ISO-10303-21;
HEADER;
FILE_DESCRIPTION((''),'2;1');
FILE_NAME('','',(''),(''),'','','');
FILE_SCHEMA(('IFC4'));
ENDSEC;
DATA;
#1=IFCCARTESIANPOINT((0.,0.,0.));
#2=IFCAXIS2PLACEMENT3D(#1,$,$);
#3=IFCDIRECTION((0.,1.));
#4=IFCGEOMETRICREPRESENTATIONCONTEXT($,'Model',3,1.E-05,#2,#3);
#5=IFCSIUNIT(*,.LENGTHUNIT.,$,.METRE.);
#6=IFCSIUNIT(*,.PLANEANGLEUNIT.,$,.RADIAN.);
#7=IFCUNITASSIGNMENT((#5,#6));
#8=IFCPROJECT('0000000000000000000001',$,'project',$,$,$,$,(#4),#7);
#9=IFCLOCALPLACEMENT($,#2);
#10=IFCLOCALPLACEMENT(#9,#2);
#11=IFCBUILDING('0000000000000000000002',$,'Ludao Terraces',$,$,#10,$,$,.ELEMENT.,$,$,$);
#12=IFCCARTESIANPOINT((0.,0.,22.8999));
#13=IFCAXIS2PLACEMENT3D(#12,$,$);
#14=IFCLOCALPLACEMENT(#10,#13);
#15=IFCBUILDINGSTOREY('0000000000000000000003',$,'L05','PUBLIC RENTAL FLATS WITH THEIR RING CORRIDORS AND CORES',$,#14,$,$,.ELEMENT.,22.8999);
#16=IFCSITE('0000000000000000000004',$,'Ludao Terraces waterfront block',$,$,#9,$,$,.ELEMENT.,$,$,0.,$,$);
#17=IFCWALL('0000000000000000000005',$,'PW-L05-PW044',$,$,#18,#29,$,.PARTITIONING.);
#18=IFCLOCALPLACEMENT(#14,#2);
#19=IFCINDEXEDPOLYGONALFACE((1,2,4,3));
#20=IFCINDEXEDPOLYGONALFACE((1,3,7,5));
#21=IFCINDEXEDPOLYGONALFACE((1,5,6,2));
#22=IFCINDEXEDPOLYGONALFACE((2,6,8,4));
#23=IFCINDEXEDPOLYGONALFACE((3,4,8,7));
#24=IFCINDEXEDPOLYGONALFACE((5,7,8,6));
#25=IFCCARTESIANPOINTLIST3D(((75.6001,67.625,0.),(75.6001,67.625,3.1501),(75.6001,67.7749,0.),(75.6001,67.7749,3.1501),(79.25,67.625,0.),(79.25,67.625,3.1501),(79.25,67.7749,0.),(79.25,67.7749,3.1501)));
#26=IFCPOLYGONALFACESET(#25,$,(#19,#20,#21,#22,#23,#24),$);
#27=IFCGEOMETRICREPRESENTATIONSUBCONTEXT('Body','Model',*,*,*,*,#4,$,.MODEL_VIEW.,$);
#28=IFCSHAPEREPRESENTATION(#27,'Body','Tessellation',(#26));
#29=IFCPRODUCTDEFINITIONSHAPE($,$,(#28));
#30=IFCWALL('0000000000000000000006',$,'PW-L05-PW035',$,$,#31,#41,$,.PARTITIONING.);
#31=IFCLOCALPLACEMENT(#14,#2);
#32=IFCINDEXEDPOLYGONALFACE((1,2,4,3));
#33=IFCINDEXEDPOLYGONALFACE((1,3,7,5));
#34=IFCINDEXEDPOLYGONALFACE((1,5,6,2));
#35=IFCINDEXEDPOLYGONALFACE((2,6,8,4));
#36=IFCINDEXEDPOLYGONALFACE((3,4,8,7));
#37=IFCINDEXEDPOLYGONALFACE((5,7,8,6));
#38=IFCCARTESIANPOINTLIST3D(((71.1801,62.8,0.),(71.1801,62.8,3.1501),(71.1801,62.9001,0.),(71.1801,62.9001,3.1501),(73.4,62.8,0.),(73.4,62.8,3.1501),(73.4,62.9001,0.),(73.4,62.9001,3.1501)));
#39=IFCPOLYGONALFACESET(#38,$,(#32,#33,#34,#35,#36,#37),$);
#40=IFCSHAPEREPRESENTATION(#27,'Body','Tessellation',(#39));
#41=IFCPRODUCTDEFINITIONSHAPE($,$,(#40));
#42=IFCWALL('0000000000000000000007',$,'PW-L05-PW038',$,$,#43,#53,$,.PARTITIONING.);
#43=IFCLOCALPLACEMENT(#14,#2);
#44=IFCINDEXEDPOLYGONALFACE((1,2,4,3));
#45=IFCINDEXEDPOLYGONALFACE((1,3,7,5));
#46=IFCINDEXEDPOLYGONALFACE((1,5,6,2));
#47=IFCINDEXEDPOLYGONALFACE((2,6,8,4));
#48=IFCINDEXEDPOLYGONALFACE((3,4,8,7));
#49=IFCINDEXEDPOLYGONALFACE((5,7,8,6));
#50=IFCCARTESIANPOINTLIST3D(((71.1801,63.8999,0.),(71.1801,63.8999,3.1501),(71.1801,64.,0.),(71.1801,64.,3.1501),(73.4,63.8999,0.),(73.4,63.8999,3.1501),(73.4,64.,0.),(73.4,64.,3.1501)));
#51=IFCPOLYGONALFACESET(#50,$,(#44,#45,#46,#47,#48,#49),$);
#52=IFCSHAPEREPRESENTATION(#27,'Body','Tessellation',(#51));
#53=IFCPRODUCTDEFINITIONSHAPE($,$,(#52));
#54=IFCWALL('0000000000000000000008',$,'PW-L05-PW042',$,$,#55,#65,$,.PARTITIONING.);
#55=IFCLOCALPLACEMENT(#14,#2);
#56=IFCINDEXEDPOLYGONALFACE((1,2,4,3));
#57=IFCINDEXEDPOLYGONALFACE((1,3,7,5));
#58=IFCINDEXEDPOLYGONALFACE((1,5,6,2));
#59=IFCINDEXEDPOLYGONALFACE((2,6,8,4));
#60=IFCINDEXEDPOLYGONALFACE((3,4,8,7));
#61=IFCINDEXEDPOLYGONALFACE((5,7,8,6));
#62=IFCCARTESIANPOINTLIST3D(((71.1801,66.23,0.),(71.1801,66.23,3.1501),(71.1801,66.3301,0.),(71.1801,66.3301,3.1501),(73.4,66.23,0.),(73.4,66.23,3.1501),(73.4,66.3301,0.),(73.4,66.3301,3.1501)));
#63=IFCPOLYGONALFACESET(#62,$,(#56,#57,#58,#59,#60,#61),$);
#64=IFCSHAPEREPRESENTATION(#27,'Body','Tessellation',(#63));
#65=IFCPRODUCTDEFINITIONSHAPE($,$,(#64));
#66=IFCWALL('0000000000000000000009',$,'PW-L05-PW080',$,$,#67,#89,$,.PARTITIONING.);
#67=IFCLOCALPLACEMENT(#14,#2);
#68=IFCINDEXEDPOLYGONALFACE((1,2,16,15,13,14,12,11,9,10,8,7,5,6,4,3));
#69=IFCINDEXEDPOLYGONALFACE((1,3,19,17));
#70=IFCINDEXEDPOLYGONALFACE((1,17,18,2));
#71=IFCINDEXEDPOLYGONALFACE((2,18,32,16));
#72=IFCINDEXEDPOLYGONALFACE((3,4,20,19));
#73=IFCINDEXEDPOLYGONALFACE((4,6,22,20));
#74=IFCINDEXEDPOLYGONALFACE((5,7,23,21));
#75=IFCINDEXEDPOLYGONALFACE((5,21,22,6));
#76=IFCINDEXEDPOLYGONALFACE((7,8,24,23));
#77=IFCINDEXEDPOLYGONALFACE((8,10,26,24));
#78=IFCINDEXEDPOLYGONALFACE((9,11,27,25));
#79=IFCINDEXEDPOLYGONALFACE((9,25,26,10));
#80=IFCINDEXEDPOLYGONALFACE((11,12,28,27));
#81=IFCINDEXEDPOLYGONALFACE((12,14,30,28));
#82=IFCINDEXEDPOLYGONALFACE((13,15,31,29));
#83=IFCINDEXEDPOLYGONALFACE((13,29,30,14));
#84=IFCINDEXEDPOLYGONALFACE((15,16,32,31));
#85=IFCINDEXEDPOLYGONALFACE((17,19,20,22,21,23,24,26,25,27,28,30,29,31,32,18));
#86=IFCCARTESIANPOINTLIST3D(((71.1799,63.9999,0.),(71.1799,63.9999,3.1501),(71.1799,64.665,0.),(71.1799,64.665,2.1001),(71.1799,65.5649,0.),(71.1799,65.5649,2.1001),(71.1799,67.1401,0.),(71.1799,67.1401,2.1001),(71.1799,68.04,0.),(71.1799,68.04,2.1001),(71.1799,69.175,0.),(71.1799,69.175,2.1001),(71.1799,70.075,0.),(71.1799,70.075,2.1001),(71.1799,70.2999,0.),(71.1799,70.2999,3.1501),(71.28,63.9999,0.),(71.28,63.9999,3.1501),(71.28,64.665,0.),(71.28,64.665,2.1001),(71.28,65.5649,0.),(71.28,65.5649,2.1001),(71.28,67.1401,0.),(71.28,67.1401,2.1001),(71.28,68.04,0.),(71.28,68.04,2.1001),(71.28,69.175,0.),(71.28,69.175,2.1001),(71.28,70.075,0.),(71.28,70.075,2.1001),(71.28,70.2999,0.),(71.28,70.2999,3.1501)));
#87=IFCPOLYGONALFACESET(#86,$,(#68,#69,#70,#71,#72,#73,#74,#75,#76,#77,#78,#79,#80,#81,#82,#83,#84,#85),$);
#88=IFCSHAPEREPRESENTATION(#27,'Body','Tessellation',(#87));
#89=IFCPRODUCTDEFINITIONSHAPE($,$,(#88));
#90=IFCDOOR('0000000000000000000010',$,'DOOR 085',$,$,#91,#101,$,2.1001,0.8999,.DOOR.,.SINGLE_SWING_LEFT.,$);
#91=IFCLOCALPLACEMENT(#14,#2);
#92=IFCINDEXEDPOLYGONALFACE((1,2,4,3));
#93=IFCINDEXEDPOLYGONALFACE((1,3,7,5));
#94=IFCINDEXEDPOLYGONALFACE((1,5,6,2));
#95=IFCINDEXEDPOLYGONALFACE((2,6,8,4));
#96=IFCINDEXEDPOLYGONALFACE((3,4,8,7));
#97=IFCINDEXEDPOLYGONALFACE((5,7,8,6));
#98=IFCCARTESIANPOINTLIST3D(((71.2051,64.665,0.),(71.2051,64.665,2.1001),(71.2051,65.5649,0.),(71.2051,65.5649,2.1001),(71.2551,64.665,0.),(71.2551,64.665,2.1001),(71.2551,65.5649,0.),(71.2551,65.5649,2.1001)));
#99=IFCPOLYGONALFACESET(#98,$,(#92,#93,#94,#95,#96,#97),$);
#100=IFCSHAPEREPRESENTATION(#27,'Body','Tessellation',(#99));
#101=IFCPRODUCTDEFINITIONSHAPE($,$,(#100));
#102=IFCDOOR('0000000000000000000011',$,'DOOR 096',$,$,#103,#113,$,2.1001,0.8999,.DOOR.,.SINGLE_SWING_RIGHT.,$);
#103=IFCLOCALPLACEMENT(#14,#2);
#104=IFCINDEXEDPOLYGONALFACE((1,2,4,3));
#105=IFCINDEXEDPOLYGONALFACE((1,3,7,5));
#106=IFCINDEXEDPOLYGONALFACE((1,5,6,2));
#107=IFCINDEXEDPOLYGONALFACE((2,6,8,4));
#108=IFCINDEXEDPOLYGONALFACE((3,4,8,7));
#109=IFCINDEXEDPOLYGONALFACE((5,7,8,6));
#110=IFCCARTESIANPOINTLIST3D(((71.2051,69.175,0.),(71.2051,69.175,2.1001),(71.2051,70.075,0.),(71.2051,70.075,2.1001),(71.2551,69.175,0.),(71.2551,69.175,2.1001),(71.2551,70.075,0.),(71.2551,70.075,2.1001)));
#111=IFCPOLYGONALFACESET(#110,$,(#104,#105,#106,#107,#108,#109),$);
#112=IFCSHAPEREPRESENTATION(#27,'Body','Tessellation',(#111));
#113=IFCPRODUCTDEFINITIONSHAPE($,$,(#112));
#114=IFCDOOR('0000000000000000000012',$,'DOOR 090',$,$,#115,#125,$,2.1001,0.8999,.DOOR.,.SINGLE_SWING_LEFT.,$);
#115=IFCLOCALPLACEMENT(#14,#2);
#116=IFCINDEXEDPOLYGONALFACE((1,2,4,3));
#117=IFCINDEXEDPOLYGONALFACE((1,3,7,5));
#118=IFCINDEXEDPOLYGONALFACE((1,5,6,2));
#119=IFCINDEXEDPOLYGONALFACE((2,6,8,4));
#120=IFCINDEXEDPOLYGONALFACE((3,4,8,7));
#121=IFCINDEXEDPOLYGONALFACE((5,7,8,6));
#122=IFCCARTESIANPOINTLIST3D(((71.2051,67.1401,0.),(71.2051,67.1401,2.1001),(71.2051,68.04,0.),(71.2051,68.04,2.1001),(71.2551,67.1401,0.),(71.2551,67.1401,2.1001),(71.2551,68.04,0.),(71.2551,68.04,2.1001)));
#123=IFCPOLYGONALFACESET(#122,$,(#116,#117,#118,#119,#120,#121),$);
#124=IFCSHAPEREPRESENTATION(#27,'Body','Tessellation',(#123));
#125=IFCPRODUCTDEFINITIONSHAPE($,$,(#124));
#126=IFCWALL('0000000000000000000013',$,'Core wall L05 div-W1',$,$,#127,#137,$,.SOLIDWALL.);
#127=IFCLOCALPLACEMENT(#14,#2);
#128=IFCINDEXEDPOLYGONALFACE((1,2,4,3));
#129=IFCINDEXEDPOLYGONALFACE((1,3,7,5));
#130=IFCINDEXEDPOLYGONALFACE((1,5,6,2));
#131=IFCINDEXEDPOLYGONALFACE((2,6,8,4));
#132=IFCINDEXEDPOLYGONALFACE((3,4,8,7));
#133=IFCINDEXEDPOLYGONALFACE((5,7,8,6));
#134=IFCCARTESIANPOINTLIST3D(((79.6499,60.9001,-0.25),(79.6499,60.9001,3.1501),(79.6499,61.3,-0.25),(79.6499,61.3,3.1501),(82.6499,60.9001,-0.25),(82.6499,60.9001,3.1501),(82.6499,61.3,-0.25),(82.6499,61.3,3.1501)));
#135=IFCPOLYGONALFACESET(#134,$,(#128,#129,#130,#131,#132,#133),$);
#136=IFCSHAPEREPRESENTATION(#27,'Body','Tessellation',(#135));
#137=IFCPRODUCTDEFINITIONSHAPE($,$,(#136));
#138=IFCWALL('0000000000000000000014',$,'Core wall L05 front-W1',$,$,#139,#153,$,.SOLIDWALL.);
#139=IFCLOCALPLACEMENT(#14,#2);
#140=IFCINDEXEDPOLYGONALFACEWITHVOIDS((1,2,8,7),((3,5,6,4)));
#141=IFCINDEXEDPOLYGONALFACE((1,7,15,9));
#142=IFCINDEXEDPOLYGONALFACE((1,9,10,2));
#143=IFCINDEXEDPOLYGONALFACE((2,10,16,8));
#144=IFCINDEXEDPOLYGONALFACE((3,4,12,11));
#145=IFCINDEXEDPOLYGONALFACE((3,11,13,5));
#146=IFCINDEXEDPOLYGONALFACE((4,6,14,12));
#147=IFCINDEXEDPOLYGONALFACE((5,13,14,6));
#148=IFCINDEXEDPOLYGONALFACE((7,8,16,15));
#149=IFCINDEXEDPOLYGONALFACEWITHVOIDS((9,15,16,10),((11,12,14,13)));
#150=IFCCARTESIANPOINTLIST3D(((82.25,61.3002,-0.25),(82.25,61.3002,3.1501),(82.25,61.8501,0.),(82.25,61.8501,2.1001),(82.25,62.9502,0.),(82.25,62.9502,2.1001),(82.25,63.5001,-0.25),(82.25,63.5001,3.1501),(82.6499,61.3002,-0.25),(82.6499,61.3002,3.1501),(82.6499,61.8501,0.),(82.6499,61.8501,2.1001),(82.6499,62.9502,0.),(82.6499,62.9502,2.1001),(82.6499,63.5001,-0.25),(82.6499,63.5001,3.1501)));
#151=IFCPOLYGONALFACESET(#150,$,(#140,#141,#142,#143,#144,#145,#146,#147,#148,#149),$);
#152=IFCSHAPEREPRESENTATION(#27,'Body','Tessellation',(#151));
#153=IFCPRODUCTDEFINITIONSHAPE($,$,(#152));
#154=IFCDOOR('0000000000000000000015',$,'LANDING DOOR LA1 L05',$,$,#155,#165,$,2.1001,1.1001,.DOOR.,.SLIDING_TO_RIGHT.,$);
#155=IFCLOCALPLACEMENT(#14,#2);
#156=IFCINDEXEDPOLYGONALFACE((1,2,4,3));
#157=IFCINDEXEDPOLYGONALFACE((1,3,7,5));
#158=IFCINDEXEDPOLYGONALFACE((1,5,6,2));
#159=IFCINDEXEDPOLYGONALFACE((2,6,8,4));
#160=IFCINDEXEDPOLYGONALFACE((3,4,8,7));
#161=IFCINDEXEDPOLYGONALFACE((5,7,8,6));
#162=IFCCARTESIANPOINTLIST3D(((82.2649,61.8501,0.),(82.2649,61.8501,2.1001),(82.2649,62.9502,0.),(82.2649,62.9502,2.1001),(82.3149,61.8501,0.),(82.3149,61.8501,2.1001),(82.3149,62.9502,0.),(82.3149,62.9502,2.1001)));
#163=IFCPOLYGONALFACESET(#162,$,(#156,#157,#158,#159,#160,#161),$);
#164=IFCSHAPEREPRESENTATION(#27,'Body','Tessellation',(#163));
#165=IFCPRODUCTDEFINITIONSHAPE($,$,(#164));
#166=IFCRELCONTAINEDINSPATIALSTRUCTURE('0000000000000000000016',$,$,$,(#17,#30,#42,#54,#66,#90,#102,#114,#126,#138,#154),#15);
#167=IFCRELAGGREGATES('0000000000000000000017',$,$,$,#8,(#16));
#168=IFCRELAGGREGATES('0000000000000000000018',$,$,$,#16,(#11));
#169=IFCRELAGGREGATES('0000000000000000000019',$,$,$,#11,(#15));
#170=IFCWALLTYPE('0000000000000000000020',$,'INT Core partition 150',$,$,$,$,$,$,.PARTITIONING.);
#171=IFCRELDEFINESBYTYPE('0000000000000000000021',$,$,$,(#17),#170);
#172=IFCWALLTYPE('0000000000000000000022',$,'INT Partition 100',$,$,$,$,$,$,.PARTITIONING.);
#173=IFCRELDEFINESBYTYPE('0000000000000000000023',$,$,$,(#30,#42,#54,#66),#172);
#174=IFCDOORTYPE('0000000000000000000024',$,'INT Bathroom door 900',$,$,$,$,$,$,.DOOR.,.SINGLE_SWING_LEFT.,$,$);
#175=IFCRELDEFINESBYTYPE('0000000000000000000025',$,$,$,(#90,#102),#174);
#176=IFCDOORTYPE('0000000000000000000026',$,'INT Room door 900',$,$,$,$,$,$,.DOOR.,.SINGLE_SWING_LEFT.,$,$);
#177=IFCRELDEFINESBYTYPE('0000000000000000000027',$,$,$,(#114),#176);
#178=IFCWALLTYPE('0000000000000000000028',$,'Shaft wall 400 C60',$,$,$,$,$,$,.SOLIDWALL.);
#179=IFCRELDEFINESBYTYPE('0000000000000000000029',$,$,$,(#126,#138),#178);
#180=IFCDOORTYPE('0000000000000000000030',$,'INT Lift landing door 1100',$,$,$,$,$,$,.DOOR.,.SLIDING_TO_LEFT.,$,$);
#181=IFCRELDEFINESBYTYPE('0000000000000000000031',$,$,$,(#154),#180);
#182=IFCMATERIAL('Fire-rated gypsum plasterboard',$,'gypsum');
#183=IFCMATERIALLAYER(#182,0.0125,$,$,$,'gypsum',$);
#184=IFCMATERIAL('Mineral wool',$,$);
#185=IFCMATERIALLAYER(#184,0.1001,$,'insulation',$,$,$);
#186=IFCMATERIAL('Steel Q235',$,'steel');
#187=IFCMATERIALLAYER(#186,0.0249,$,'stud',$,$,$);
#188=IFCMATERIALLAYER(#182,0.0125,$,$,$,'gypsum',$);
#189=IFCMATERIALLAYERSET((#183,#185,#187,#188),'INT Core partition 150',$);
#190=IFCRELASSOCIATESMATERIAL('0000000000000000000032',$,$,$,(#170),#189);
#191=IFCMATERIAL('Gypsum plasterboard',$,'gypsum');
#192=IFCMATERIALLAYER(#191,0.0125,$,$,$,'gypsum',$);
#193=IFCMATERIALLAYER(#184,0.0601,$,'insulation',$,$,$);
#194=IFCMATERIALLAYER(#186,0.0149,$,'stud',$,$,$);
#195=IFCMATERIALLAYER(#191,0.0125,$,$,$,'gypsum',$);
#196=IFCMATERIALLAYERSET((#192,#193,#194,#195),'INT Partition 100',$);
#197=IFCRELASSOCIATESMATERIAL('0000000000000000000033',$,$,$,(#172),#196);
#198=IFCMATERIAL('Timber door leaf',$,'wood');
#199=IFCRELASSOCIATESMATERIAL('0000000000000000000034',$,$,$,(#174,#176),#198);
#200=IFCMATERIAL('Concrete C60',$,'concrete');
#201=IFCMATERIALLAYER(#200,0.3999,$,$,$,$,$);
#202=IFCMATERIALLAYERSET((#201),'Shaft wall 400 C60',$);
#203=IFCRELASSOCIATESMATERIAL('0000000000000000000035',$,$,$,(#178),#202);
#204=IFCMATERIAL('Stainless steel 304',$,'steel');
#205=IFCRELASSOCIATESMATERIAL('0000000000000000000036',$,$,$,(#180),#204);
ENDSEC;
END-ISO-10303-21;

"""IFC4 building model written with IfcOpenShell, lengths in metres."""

from ifc_helpers import new_model, si_unit, direction, frame, frame_2d, origin, place, context, subcontext, project, spatial, rectangle, extrude, material, layer, layer_set, type_object, element, fill, save


model = new_model("IFC4")

# Units and contexts
model_context = context("Model", 3, precision=1e-05, world=origin(), true_north=direction((0.0, 1.0)))
body_context = subcontext(model_context, "Body", "Model", "MODEL_VIEW")
ifc_project = project(units=[si_unit("LENGTHUNIT", "METRE"), si_unit("PLANEANGLEUNIT", "RADIAN")], contexts=[model_context])

# Site, building, storey
site_placement = place(None, origin())
site = spatial("IfcSite", under=ifc_project, at=site_placement, Name="Ludao Terraces waterfront block", CompositionType="ELEMENT", RefElevation=0.0)
building_placement = place(site_placement, origin())
building = spatial("IfcBuilding", under=site, at=building_placement, Name="Ludao Terraces", CompositionType="ELEMENT")
storey_placement = place(building_placement, frame((0.0, 0.0, 22.8999)))
storey = spatial("IfcBuildingStorey", under=building, at=storey_placement, Name="L05", Description="PUBLIC RENTAL FLATS WITH THEIR RING CORRIDORS AND CORES", CompositionType="ELEMENT", Elevation=22.8999)

# Walls
ifc_material_1 = material(Name="Fire-rated gypsum plasterboard", Category="gypsum")
ifc_layer_1 = layer(ifc_material_1, 0.0125, Category="gypsum")
ifc_material_2 = material(Name="Mineral wool")
ifc_layer_2 = layer(ifc_material_2, 0.1001, Name="insulation")
ifc_material_3 = material(Name="Steel Q235", Category="steel")
ifc_layer_3 = layer(ifc_material_3, 0.0249, Name="stud")
ifc_layer_4 = layer(ifc_material_1, 0.0125, Category="gypsum")
ifc_layer_set_1 = layer_set([ifc_layer_1, ifc_layer_2, ifc_layer_3, ifc_layer_4], Name="INT Core partition 150")
wall_type_1 = type_object("IfcWallType", Name="INT Core partition 150", PredefinedType="PARTITIONING", material=ifc_layer_set_1)
wall_1_placement = place(storey_placement, frame((75.6001, 67.7, 0.0), z_axis=(0.0, 0.0, 1.0), x_axis=(1.0, 0.0, 0.0)))
element("IfcWall", 1, at=wall_1_placement, inside=storey, type_object=wall_type_1, Name="PW-L05-PW044", PredefinedType="PARTITIONING", context=body_context, shape_type="SweptSolid", body=[
    extrude(rectangle(XDim=3.6499, YDim=0.1499, at=frame_2d((1.825, 0.0))), origin(), (0.0, 0.0, 1.0), 3.1501),
])
ifc_material_4 = material(Name="Gypsum plasterboard", Category="gypsum")
ifc_layer_5 = layer(ifc_material_4, 0.0125, Category="gypsum")
ifc_layer_6 = layer(ifc_material_2, 0.0601, Name="insulation")
ifc_layer_7 = layer(ifc_material_3, 0.0149, Name="stud")
ifc_layer_8 = layer(ifc_material_4, 0.0125, Category="gypsum")
ifc_layer_set_2 = layer_set([ifc_layer_5, ifc_layer_6, ifc_layer_7, ifc_layer_8], Name="INT Partition 100")
wall_type_2 = type_object("IfcWallType", Name="INT Partition 100", PredefinedType="PARTITIONING", material=ifc_layer_set_2)
for number, where, z_axis, x_axis, name in (
    (2, (71.1802, 62.8501, 0.0), (0.0, 0.0, 1.0), (1.0, 0.0, 0.0), "PW-L05-PW035"),
    (3, (71.1802, 63.95, 0.0), (0.0, 0.0, 1.0), (1.0, 0.0, 0.0), "PW-L05-PW038"),
    (4, (71.1802, 66.28, 0.0), (0.0, 0.0, 1.0), (1.0, 0.0, 0.0), "PW-L05-PW042"),
):
    element("IfcWall", number, at=place(storey_placement, frame(where, z_axis=z_axis, x_axis=x_axis)), inside=storey, type_object=wall_type_2, Name=name, PredefinedType="PARTITIONING", context=body_context, shape_type="SweptSolid", body=[
        extrude(rectangle(XDim=2.22, YDim=0.1001, at=frame_2d((1.1099, 0.0))), origin(), (0.0, 0.0, 1.0), 3.1501),
    ])

# Wall, openings, doors
wall_2_placement = place(storey_placement, frame((71.23, 64.0, 0.0), z_axis=(0.0, 0.0, 1.0), x_axis=(0.0, 1.0, 0.0)))
wall_2 = element("IfcWall", 5, at=wall_2_placement, inside=storey, type_object=wall_type_2, Name="PW-L05-PW080", PredefinedType="PARTITIONING", context=body_context, shape_type="SweptSolid", body=[
    extrude(rectangle(XDim=6.3, YDim=0.1001, at=frame_2d((3.1499, 0.0))), origin(), (0.0, 0.0, 1.0), 3.1501),
])
opening_1_placement = place(wall_2_placement, frame((0.665, 0.0, 0.0)))
opening_1 = element("IfcOpeningElement", 6, at=opening_1_placement, cuts=wall_2, PredefinedType="OPENING", context=body_context, shape_type="SweptSolid", body=[
    extrude(rectangle(XDim=0.8999, YDim=2.1001, at=frame_2d((0.45, 1.05))), frame((0.0, 0.0601, 0.0), z_axis=(0.0, -1.0, 0.0), x_axis=(1.0, 0.0, 0.0)), (0.0, 0.0, 1.0), 0.1201),
])
opening_2_placement = place(wall_2_placement, frame((3.1401, 0.0, 0.0)))
opening_2 = element("IfcOpeningElement", 7, at=opening_2_placement, cuts=wall_2, PredefinedType="OPENING", context=body_context, shape_type="SweptSolid", body=[
    extrude(rectangle(XDim=0.8999, YDim=2.1001, at=frame_2d((0.45, 1.05))), frame((0.0, 0.0601, 0.0), z_axis=(0.0, -1.0, 0.0), x_axis=(1.0, 0.0, 0.0)), (0.0, 0.0, 1.0), 0.1201),
])
opening_3_placement = place(wall_2_placement, frame((5.175, 0.0, 0.0)))
opening_3 = element("IfcOpeningElement", 8, at=opening_3_placement, cuts=wall_2, PredefinedType="OPENING", context=body_context, shape_type="SweptSolid", body=[
    extrude(rectangle(XDim=0.8999, YDim=2.1001, at=frame_2d((0.45, 1.05))), frame((0.0, 0.0601, 0.0), z_axis=(0.0, -1.0, 0.0), x_axis=(1.0, 0.0, 0.0)), (0.0, 0.0, 1.0), 0.1201),
])
ifc_material_5 = material(Name="Timber door leaf", Category="wood")
door_type_1 = type_object("IfcDoorType", Name="INT Bathroom door 900", OperationType="SINGLE_SWING_LEFT", PredefinedType="DOOR", material=ifc_material_5)
door_1_placement = place(opening_1_placement, origin())
door_1 = element("IfcDoor", 9, at=door_1_placement, inside=storey, type_object=door_type_1, Name="DOOR 085", OperationType="SINGLE_SWING_LEFT", OverallHeight=2.1001, OverallWidth=0.8999, PredefinedType="DOOR", context=body_context, shape_type="SweptSolid", body=[
    extrude(rectangle(XDim=0.8999, YDim=2.1001, at=frame_2d((0.45, 1.05))), frame((0.0, 0.0249, 0.0), z_axis=(0.0, -1.0, 0.0), x_axis=(1.0, 0.0, 0.0)), (0.0, 0.0, 1.0), 0.05),
])
fill(opening_1, door_1)
door_2_placement = place(opening_3_placement, origin())
door_2 = element("IfcDoor", 10, at=door_2_placement, inside=storey, type_object=door_type_1, Name="DOOR 096", OperationType="SINGLE_SWING_RIGHT", OverallHeight=2.1001, OverallWidth=0.8999, PredefinedType="DOOR", context=body_context, shape_type="SweptSolid", body=[
    extrude(rectangle(XDim=0.8999, YDim=2.1001, at=frame_2d((0.45, 1.05))), frame((0.0, 0.0249, 0.0), z_axis=(0.0, -1.0, 0.0), x_axis=(1.0, 0.0, 0.0)), (0.0, 0.0, 1.0), 0.05),
])
fill(opening_3, door_2)
door_type_2 = type_object("IfcDoorType", Name="INT Room door 900", OperationType="SINGLE_SWING_LEFT", PredefinedType="DOOR", material=ifc_material_5)
door_3_placement = place(opening_2_placement, origin())
door_3 = element("IfcDoor", 11, at=door_3_placement, inside=storey, type_object=door_type_2, Name="DOOR 090", OperationType="SINGLE_SWING_LEFT", OverallHeight=2.1001, OverallWidth=0.8999, PredefinedType="DOOR", context=body_context, shape_type="SweptSolid", body=[
    extrude(rectangle(XDim=0.8999, YDim=2.1001, at=frame_2d((0.45, 1.05))), frame((0.0, 0.0249, 0.0), z_axis=(0.0, -1.0, 0.0), x_axis=(1.0, 0.0, 0.0)), (0.0, 0.0, 1.0), 0.05),
])
fill(opening_2, door_3)

# Wall
ifc_material_6 = material(Name="Concrete C60", Category="concrete")
ifc_layer_9 = layer(ifc_material_6, 0.3999)
ifc_layer_set_3 = layer_set([ifc_layer_9], Name="Shaft wall 400 C60")
wall_type_3 = type_object("IfcWallType", Name="Shaft wall 400 C60", PredefinedType="SOLIDWALL", material=ifc_layer_set_3)
wall_3_placement = place(storey_placement, frame((79.6499, 61.1001, -0.25), z_axis=(0.0, 0.0, 1.0), x_axis=(1.0, 0.0, 0.0)))
element("IfcWall", 12, at=wall_3_placement, inside=storey, type_object=wall_type_3, Name="Core wall L05 div-W1", PredefinedType="SOLIDWALL", context=body_context, shape_type="SweptSolid", body=[
    extrude(rectangle(XDim=3.0, YDim=0.3999, at=frame_2d((1.5, 0.0))), origin(), (0.0, 0.0, 1.0), 3.4001),
])

# Wall, opening, door
wall_4_placement = place(storey_placement, frame((82.45, 61.3, -0.25), z_axis=(0.0, 0.0, 1.0), x_axis=(0.0, 1.0, 0.0)))
wall_4 = element("IfcWall", 13, at=wall_4_placement, inside=storey, type_object=wall_type_3, Name="Core wall L05 front-W1", PredefinedType="SOLIDWALL", context=body_context, shape_type="SweptSolid", body=[
    extrude(rectangle(XDim=2.2, YDim=0.3999, at=frame_2d((1.1001, 0.0))), origin(), (0.0, 0.0, 1.0), 3.4001),
])
opening_4_placement = place(wall_4_placement, frame((0.55, 0.0, 0.25)))
opening_4 = element("IfcOpeningElement", 14, at=opening_4_placement, cuts=wall_4, PredefinedType="OPENING", context=body_context, shape_type="SweptSolid", body=[
    extrude(rectangle(XDim=1.1001, YDim=2.1001, at=frame_2d((0.55, 1.05))), frame((0.0, 0.21, 0.0), z_axis=(0.0, -1.0, 0.0), x_axis=(1.0, 0.0, 0.0)), (0.0, 0.0, 1.0), 0.4199),
])
ifc_material_7 = material(Name="Stainless steel 304", Category="steel")
door_type_3 = type_object("IfcDoorType", Name="INT Lift landing door 1100", OperationType="SLIDING_TO_LEFT", PredefinedType="DOOR", material=ifc_material_7)
door_4_placement = place(opening_4_placement, origin())
door_4 = element("IfcDoor", 15, at=door_4_placement, inside=storey, type_object=door_type_3, Name="LANDING DOOR LA1 L05", OperationType="SLIDING_TO_RIGHT", OverallHeight=2.1001, OverallWidth=1.1001, PredefinedType="DOOR", context=body_context, shape_type="SweptSolid", body=[
    extrude(rectangle(XDim=1.1001, YDim=2.1001, at=frame_2d((0.55, 1.05))), frame((0.0, 0.1851, 0.0), z_axis=(0.0, -1.0, 0.0), x_axis=(1.0, 0.0, 0.0)), (0.0, 0.0, 1.0), 0.05),
])
fill(opening_4, door_4)

save(model, "model.ifc")
